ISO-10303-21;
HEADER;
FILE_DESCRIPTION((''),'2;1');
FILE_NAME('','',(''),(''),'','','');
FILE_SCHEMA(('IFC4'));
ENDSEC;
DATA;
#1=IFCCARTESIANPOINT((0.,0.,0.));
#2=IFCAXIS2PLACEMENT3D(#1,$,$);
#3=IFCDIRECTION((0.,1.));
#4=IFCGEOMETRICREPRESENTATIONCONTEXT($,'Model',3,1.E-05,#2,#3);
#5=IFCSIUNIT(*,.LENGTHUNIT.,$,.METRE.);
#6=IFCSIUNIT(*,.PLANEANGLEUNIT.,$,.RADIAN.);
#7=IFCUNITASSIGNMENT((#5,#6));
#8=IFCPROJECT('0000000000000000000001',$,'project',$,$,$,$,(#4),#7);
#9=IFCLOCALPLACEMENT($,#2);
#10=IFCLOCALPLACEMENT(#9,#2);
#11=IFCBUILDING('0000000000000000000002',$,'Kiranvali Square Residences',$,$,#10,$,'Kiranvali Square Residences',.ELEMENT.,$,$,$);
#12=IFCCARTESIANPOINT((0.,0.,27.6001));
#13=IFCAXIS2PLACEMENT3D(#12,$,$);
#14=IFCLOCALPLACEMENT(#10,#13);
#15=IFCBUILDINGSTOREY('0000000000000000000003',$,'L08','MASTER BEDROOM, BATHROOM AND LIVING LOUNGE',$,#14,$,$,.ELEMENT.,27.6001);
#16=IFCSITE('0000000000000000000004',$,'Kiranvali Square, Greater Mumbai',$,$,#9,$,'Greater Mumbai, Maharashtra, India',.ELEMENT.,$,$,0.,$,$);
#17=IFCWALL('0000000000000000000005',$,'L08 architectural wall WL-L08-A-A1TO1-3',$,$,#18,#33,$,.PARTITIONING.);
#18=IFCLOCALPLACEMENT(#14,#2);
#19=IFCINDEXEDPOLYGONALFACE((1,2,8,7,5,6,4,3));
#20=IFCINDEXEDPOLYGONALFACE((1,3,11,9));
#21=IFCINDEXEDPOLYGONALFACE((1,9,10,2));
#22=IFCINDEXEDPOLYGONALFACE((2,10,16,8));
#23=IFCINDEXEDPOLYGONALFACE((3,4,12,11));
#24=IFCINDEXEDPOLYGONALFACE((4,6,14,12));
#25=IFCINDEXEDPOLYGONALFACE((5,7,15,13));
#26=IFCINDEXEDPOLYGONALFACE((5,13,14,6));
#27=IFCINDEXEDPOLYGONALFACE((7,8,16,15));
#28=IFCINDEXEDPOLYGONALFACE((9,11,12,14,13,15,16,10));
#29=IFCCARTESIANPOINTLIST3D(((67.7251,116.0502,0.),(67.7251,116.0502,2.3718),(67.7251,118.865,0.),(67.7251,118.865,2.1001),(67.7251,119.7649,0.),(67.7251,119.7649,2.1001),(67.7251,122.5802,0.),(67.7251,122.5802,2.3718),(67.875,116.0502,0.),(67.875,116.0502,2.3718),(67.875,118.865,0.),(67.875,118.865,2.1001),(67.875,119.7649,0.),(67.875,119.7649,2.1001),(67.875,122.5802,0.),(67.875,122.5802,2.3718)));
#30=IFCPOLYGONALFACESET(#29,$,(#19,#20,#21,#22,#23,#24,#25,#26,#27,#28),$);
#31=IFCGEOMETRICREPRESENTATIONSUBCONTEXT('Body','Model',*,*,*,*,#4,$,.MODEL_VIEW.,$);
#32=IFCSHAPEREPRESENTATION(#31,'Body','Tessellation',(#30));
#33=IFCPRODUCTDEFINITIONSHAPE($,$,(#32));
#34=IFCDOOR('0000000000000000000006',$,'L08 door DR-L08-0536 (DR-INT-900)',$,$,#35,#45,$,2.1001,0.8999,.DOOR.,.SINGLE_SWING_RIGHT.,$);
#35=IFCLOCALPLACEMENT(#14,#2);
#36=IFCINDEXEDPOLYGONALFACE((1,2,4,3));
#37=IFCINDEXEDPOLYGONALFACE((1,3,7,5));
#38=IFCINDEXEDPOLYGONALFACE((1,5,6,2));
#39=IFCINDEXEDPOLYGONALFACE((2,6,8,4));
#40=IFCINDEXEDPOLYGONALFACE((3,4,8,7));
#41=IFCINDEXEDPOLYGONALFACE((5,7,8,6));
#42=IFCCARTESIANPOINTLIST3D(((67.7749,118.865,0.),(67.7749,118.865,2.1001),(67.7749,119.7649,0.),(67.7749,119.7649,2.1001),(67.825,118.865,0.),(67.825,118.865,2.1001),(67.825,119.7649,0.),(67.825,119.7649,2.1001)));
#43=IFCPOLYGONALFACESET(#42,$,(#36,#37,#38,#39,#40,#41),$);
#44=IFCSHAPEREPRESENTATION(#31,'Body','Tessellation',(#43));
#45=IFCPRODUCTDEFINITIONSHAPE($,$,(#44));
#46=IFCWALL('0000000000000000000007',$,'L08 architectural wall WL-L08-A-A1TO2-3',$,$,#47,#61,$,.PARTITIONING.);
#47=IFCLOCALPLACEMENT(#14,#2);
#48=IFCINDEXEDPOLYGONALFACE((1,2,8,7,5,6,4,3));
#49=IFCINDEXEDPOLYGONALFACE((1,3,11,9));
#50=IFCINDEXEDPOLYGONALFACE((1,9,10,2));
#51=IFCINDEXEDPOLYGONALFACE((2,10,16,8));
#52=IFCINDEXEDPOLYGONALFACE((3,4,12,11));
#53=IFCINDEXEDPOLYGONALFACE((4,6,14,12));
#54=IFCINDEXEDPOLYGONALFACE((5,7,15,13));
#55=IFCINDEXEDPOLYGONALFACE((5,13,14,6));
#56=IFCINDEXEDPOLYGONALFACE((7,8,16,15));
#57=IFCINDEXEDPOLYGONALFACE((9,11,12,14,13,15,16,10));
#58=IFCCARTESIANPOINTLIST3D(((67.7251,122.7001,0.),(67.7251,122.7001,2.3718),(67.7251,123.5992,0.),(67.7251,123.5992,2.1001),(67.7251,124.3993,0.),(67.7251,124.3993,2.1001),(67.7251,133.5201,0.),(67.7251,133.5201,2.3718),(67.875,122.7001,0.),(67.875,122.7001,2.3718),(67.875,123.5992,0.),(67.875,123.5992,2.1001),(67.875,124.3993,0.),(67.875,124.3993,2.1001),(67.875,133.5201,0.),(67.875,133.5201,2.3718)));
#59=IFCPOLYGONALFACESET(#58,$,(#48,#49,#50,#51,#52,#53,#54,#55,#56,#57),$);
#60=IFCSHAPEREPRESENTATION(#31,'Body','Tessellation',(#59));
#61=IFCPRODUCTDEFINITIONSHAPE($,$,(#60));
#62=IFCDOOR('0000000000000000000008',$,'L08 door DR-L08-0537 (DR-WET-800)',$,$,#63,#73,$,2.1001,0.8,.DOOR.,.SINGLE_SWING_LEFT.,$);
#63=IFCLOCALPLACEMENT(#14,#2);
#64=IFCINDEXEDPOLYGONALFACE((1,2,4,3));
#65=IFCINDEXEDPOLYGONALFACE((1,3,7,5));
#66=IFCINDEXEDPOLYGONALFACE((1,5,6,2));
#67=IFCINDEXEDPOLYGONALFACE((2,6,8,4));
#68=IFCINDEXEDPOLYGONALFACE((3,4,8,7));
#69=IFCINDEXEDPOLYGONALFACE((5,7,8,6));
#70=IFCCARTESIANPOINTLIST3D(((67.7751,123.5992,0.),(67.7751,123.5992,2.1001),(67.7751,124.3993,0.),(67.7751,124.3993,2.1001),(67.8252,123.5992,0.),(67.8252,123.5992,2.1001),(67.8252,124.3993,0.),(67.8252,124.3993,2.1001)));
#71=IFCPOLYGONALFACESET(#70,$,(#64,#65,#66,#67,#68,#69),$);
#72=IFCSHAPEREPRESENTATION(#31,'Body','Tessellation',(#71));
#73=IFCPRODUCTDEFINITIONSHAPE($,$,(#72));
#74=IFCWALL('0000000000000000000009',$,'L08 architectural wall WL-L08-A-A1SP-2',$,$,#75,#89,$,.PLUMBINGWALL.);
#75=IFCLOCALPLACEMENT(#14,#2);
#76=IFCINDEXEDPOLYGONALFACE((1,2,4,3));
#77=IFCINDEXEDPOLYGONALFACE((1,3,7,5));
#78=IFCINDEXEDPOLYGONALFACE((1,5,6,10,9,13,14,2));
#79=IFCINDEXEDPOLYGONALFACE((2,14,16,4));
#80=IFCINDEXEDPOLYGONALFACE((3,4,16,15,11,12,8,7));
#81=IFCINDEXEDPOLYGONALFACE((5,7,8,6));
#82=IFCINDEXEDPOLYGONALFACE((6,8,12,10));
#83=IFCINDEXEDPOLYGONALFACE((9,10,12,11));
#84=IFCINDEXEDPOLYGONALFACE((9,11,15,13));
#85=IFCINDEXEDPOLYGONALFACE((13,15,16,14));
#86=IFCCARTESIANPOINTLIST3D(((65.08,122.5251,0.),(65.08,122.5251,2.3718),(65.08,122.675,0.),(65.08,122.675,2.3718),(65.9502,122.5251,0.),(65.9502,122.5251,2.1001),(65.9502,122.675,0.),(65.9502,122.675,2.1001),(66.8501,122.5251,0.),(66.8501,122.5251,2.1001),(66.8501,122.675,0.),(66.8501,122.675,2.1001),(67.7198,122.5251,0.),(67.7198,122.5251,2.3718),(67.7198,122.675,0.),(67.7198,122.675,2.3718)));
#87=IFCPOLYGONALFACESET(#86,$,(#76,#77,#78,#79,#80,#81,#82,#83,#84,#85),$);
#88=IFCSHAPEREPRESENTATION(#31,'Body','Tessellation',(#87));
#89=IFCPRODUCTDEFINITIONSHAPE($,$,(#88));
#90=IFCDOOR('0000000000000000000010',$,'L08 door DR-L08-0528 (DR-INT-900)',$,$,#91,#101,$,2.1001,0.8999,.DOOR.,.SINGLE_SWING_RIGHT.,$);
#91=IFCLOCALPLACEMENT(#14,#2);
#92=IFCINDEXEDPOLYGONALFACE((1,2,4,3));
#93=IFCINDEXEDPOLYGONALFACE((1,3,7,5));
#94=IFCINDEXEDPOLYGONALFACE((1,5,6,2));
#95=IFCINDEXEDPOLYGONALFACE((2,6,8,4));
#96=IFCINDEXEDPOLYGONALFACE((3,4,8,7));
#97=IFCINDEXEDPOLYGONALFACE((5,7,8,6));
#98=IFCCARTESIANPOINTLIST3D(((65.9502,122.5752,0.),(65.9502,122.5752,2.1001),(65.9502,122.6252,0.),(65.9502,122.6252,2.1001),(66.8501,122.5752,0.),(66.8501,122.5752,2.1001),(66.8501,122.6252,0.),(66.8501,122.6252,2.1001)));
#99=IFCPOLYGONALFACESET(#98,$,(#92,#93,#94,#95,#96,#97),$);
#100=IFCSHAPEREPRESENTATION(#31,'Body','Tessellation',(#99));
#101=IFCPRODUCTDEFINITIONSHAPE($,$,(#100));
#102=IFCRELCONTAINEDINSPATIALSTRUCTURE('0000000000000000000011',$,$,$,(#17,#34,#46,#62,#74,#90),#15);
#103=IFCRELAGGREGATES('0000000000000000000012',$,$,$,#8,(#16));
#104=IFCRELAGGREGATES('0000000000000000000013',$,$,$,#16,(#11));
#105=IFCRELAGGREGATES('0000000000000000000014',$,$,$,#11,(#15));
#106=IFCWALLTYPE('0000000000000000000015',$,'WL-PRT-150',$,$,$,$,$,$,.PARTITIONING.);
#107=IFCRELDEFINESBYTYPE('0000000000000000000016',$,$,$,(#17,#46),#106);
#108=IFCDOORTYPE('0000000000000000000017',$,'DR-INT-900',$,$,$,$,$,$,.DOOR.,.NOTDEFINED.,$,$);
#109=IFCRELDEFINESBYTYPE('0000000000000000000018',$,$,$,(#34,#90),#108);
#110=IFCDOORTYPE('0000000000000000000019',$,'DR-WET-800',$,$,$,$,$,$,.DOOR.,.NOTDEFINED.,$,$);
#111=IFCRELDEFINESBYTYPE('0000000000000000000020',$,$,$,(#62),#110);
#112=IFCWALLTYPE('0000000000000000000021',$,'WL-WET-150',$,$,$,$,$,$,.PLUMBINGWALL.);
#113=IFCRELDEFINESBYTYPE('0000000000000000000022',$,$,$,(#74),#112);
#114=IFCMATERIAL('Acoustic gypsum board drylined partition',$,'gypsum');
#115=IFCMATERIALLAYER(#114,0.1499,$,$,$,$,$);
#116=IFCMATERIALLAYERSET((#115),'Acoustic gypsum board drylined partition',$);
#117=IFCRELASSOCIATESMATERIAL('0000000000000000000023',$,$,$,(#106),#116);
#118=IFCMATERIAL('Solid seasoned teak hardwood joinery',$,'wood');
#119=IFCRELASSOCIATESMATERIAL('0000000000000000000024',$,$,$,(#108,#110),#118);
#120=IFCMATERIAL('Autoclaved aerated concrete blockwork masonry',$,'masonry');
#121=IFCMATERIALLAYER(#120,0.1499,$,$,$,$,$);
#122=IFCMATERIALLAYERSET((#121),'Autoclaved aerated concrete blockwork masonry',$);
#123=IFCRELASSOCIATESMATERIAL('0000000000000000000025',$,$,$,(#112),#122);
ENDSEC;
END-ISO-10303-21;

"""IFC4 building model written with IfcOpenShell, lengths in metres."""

from ifc_helpers import new_model, si_unit, direction, frame, frame_2d, origin, place, context, subcontext, project, spatial, rectangle, extrude, material, layer, layer_set, type_object, element, fill, save


model = new_model("IFC4")

# Units and contexts
model_context = context("Model", 3, precision=1e-05, world=origin(), true_north=direction((0.0, 1.0)))
body_context = subcontext(model_context, "Body", "Model", "MODEL_VIEW")
ifc_project = project(units=[si_unit("LENGTHUNIT", "METRE"), si_unit("PLANEANGLEUNIT", "RADIAN")], contexts=[model_context])

# Site, building, storey
site_placement = place(None, origin())
site = spatial("IfcSite", under=ifc_project, at=site_placement, Name="Kiranvali Square, Greater Mumbai", LongName="Greater Mumbai, Maharashtra, India", CompositionType="ELEMENT", RefElevation=0.0)
building_placement = place(site_placement, origin())
building = spatial("IfcBuilding", under=site, at=building_placement, Name="Kiranvali Square Residences", LongName="Kiranvali Square Residences", CompositionType="ELEMENT")
storey_placement = place(building_placement, frame((0.0, 0.0, 27.6001)))
storey = spatial("IfcBuildingStorey", under=building, at=storey_placement, Name="L08", Description="MASTER BEDROOM, BATHROOM AND LIVING LOUNGE", CompositionType="ELEMENT", Elevation=27.6001)

# Shared definitions
ifc_material_1 = material(Name="Autoclaved aerated concrete blockwork masonry", Category="masonry")

# Walls, openings, doors
ifc_material_2 = material(Name="Acoustic gypsum board drylined partition", Category="gypsum")
ifc_layer_1 = layer(ifc_material_2, 0.1499)
ifc_layer_set_1 = layer_set([ifc_layer_1], Name="Acoustic gypsum board drylined partition")
wall_type_1 = type_object("IfcWallType", Name="WL-PRT-150", PredefinedType="PARTITIONING", material=ifc_layer_set_1)
wall_1_placement = place(storey_placement, frame((67.8, 116.05, 0.0), z_axis=(0.0, 0.0, 1.0), x_axis=(0.0, 1.0, 0.0)))
wall_1 = element("IfcWall", 1, at=wall_1_placement, inside=storey, type_object=wall_type_1, Name="L08 architectural wall WL-L08-A-A1TO1-3", PredefinedType="PARTITIONING", context=body_context, shape_type="SweptSolid", body=[
    extrude(rectangle(XDim=6.53, YDim=0.1499, at=frame_2d((3.2651, 0.0))), origin(), (0.0, 0.0, 1.0), 2.3718),
])
opening_1_placement = place(wall_1_placement, frame((2.8149, 0.0, 0.0)))
opening_1 = element("IfcOpeningElement", 2, at=opening_1_placement, cuts=wall_1, PredefinedType="OPENING", context=body_context, shape_type="SweptSolid", body=[
    extrude(rectangle(XDim=0.8999, YDim=2.1001, at=frame_2d((0.45, 1.05))), frame((0.0, 0.085, 0.0), z_axis=(0.0, -1.0, 0.0), x_axis=(1.0, 0.0, 0.0)), (0.0, 0.0, 1.0), 0.1699),
])
ifc_material_3 = material(Name="Solid seasoned teak hardwood joinery", Category="wood")
door_type_1 = type_object("IfcDoorType", Name="DR-INT-900", OperationType="NOTDEFINED", PredefinedType="DOOR", material=ifc_material_3)
door_1_placement = place(opening_1_placement, frame((0.8999, 0.0, 0.0), z_axis=(0.0, 0.0, 1.0), x_axis=(-1.0, 0.0, 0.0)))
door_1 = element("IfcDoor", 3, at=door_1_placement, inside=storey, type_object=door_type_1, Name="L08 door DR-L08-0536 (DR-INT-900)", OperationType="SINGLE_SWING_RIGHT", OverallHeight=2.1001, OverallWidth=0.8999, PredefinedType="DOOR", context=body_context, shape_type="SweptSolid", body=[
    extrude(rectangle(XDim=0.8999, YDim=2.1001, at=frame_2d((0.45, 1.05))), frame((0.0, 0.0249, 0.0), z_axis=(0.0, -1.0, 0.0), x_axis=(1.0, 0.0, 0.0)), (0.0, 0.0, 1.0), 0.05),
])
fill(opening_1, door_1)
wall_2_placement = place(storey_placement, frame((67.8, 122.7, 0.0), z_axis=(0.0, 0.0, 1.0), x_axis=(0.0, 1.0, 0.0)))
wall_2 = element("IfcWall", 4, at=wall_2_placement, inside=storey, type_object=wall_type_1, Name="L08 architectural wall WL-L08-A-A1TO2-3", PredefinedType="PARTITIONING", context=body_context, shape_type="SweptSolid", body=[
    extrude(rectangle(XDim=10.8201, YDim=0.1499, at=frame_2d((5.4102, 0.0))), origin(), (0.0, 0.0, 1.0), 2.3718),
])
opening_2_placement = place(wall_2_placement, frame((0.8994, 0.0, 0.0)))
opening_2 = element("IfcOpeningElement", 5, at=opening_2_placement, cuts=wall_2, PredefinedType="OPENING", context=body_context, shape_type="SweptSolid", body=[
    extrude(rectangle(XDim=0.8, YDim=2.1001, at=frame_2d((0.3999, 1.05))), frame((0.0, 0.085, 0.0), z_axis=(0.0, -1.0, 0.0), x_axis=(1.0, 0.0, 0.0)), (0.0, 0.0, 1.0), 0.1699),
])
door_type_2 = type_object("IfcDoorType", Name="DR-WET-800", OperationType="NOTDEFINED", PredefinedType="DOOR", material=ifc_material_3)
door_2_placement = place(opening_2_placement, origin())
door_2 = element("IfcDoor", 6, at=door_2_placement, inside=storey, type_object=door_type_2, Name="L08 door DR-L08-0537 (DR-WET-800)", OperationType="SINGLE_SWING_LEFT", OverallHeight=2.1001, OverallWidth=0.8, PredefinedType="DOOR", context=body_context, shape_type="SweptSolid", body=[
    extrude(rectangle(XDim=0.8, YDim=2.1001, at=frame_2d((0.3999, 1.05))), frame((0.0, 0.0249, 0.0), z_axis=(0.0, -1.0, 0.0), x_axis=(1.0, 0.0, 0.0)), (0.0, 0.0, 1.0), 0.05),
])
fill(opening_2, door_2)
ifc_layer_2 = layer(ifc_material_1, 0.1499)
ifc_layer_set_2 = layer_set([ifc_layer_2], Name="Autoclaved aerated concrete blockwork masonry")
wall_type_2 = type_object("IfcWallType", Name="WL-WET-150", PredefinedType="PLUMBINGWALL", material=ifc_layer_set_2)
wall_3_placement = place(storey_placement, frame((65.0801, 122.6001, 0.0), z_axis=(0.0, 0.0, 1.0), x_axis=(1.0, 0.0, 0.0)))
wall_3 = element("IfcWall", 7, at=wall_3_placement, inside=storey, type_object=wall_type_2, Name="L08 architectural wall WL-L08-A-A1SP-2", PredefinedType="PLUMBINGWALL", context=body_context, shape_type="SweptSolid", body=[
    extrude(rectangle(XDim=2.6399, YDim=0.1499, at=frame_2d((1.3198, 0.0))), origin(), (0.0, 0.0, 1.0), 2.3718),
])
opening_3_placement = place(wall_3_placement, frame((0.8701, 0.0, 0.0)))
opening_3 = element("IfcOpeningElement", 8, at=opening_3_placement, cuts=wall_3, PredefinedType="OPENING", context=body_context, shape_type="SweptSolid", body=[
    extrude(rectangle(XDim=0.8999, YDim=2.1001, at=frame_2d((0.45, 1.05))), frame((0.0, 0.085, 0.0), z_axis=(0.0, -1.0, 0.0), x_axis=(1.0, 0.0, 0.0)), (0.0, 0.0, 1.0), 0.1699),
])
door_3_placement = place(opening_3_placement, frame((0.8999, 0.0, 0.0), z_axis=(0.0, 0.0, 1.0), x_axis=(-1.0, 0.0, 0.0)))
door_3 = element("IfcDoor", 9, at=door_3_placement, inside=storey, type_object=door_type_1, Name="L08 door DR-L08-0528 (DR-INT-900)", OperationType="SINGLE_SWING_RIGHT", OverallHeight=2.1001, OverallWidth=0.8999, PredefinedType="DOOR", context=body_context, shape_type="SweptSolid", body=[
    extrude(rectangle(XDim=0.8999, YDim=2.1001, at=frame_2d((0.45, 1.05))), frame((0.0, 0.0249, 0.0), z_axis=(0.0, -1.0, 0.0), x_axis=(1.0, 0.0, 0.0)), (0.0, 0.0, 1.0), 0.05),
])
fill(opening_3, door_3)

save(model, "model.ifc")
